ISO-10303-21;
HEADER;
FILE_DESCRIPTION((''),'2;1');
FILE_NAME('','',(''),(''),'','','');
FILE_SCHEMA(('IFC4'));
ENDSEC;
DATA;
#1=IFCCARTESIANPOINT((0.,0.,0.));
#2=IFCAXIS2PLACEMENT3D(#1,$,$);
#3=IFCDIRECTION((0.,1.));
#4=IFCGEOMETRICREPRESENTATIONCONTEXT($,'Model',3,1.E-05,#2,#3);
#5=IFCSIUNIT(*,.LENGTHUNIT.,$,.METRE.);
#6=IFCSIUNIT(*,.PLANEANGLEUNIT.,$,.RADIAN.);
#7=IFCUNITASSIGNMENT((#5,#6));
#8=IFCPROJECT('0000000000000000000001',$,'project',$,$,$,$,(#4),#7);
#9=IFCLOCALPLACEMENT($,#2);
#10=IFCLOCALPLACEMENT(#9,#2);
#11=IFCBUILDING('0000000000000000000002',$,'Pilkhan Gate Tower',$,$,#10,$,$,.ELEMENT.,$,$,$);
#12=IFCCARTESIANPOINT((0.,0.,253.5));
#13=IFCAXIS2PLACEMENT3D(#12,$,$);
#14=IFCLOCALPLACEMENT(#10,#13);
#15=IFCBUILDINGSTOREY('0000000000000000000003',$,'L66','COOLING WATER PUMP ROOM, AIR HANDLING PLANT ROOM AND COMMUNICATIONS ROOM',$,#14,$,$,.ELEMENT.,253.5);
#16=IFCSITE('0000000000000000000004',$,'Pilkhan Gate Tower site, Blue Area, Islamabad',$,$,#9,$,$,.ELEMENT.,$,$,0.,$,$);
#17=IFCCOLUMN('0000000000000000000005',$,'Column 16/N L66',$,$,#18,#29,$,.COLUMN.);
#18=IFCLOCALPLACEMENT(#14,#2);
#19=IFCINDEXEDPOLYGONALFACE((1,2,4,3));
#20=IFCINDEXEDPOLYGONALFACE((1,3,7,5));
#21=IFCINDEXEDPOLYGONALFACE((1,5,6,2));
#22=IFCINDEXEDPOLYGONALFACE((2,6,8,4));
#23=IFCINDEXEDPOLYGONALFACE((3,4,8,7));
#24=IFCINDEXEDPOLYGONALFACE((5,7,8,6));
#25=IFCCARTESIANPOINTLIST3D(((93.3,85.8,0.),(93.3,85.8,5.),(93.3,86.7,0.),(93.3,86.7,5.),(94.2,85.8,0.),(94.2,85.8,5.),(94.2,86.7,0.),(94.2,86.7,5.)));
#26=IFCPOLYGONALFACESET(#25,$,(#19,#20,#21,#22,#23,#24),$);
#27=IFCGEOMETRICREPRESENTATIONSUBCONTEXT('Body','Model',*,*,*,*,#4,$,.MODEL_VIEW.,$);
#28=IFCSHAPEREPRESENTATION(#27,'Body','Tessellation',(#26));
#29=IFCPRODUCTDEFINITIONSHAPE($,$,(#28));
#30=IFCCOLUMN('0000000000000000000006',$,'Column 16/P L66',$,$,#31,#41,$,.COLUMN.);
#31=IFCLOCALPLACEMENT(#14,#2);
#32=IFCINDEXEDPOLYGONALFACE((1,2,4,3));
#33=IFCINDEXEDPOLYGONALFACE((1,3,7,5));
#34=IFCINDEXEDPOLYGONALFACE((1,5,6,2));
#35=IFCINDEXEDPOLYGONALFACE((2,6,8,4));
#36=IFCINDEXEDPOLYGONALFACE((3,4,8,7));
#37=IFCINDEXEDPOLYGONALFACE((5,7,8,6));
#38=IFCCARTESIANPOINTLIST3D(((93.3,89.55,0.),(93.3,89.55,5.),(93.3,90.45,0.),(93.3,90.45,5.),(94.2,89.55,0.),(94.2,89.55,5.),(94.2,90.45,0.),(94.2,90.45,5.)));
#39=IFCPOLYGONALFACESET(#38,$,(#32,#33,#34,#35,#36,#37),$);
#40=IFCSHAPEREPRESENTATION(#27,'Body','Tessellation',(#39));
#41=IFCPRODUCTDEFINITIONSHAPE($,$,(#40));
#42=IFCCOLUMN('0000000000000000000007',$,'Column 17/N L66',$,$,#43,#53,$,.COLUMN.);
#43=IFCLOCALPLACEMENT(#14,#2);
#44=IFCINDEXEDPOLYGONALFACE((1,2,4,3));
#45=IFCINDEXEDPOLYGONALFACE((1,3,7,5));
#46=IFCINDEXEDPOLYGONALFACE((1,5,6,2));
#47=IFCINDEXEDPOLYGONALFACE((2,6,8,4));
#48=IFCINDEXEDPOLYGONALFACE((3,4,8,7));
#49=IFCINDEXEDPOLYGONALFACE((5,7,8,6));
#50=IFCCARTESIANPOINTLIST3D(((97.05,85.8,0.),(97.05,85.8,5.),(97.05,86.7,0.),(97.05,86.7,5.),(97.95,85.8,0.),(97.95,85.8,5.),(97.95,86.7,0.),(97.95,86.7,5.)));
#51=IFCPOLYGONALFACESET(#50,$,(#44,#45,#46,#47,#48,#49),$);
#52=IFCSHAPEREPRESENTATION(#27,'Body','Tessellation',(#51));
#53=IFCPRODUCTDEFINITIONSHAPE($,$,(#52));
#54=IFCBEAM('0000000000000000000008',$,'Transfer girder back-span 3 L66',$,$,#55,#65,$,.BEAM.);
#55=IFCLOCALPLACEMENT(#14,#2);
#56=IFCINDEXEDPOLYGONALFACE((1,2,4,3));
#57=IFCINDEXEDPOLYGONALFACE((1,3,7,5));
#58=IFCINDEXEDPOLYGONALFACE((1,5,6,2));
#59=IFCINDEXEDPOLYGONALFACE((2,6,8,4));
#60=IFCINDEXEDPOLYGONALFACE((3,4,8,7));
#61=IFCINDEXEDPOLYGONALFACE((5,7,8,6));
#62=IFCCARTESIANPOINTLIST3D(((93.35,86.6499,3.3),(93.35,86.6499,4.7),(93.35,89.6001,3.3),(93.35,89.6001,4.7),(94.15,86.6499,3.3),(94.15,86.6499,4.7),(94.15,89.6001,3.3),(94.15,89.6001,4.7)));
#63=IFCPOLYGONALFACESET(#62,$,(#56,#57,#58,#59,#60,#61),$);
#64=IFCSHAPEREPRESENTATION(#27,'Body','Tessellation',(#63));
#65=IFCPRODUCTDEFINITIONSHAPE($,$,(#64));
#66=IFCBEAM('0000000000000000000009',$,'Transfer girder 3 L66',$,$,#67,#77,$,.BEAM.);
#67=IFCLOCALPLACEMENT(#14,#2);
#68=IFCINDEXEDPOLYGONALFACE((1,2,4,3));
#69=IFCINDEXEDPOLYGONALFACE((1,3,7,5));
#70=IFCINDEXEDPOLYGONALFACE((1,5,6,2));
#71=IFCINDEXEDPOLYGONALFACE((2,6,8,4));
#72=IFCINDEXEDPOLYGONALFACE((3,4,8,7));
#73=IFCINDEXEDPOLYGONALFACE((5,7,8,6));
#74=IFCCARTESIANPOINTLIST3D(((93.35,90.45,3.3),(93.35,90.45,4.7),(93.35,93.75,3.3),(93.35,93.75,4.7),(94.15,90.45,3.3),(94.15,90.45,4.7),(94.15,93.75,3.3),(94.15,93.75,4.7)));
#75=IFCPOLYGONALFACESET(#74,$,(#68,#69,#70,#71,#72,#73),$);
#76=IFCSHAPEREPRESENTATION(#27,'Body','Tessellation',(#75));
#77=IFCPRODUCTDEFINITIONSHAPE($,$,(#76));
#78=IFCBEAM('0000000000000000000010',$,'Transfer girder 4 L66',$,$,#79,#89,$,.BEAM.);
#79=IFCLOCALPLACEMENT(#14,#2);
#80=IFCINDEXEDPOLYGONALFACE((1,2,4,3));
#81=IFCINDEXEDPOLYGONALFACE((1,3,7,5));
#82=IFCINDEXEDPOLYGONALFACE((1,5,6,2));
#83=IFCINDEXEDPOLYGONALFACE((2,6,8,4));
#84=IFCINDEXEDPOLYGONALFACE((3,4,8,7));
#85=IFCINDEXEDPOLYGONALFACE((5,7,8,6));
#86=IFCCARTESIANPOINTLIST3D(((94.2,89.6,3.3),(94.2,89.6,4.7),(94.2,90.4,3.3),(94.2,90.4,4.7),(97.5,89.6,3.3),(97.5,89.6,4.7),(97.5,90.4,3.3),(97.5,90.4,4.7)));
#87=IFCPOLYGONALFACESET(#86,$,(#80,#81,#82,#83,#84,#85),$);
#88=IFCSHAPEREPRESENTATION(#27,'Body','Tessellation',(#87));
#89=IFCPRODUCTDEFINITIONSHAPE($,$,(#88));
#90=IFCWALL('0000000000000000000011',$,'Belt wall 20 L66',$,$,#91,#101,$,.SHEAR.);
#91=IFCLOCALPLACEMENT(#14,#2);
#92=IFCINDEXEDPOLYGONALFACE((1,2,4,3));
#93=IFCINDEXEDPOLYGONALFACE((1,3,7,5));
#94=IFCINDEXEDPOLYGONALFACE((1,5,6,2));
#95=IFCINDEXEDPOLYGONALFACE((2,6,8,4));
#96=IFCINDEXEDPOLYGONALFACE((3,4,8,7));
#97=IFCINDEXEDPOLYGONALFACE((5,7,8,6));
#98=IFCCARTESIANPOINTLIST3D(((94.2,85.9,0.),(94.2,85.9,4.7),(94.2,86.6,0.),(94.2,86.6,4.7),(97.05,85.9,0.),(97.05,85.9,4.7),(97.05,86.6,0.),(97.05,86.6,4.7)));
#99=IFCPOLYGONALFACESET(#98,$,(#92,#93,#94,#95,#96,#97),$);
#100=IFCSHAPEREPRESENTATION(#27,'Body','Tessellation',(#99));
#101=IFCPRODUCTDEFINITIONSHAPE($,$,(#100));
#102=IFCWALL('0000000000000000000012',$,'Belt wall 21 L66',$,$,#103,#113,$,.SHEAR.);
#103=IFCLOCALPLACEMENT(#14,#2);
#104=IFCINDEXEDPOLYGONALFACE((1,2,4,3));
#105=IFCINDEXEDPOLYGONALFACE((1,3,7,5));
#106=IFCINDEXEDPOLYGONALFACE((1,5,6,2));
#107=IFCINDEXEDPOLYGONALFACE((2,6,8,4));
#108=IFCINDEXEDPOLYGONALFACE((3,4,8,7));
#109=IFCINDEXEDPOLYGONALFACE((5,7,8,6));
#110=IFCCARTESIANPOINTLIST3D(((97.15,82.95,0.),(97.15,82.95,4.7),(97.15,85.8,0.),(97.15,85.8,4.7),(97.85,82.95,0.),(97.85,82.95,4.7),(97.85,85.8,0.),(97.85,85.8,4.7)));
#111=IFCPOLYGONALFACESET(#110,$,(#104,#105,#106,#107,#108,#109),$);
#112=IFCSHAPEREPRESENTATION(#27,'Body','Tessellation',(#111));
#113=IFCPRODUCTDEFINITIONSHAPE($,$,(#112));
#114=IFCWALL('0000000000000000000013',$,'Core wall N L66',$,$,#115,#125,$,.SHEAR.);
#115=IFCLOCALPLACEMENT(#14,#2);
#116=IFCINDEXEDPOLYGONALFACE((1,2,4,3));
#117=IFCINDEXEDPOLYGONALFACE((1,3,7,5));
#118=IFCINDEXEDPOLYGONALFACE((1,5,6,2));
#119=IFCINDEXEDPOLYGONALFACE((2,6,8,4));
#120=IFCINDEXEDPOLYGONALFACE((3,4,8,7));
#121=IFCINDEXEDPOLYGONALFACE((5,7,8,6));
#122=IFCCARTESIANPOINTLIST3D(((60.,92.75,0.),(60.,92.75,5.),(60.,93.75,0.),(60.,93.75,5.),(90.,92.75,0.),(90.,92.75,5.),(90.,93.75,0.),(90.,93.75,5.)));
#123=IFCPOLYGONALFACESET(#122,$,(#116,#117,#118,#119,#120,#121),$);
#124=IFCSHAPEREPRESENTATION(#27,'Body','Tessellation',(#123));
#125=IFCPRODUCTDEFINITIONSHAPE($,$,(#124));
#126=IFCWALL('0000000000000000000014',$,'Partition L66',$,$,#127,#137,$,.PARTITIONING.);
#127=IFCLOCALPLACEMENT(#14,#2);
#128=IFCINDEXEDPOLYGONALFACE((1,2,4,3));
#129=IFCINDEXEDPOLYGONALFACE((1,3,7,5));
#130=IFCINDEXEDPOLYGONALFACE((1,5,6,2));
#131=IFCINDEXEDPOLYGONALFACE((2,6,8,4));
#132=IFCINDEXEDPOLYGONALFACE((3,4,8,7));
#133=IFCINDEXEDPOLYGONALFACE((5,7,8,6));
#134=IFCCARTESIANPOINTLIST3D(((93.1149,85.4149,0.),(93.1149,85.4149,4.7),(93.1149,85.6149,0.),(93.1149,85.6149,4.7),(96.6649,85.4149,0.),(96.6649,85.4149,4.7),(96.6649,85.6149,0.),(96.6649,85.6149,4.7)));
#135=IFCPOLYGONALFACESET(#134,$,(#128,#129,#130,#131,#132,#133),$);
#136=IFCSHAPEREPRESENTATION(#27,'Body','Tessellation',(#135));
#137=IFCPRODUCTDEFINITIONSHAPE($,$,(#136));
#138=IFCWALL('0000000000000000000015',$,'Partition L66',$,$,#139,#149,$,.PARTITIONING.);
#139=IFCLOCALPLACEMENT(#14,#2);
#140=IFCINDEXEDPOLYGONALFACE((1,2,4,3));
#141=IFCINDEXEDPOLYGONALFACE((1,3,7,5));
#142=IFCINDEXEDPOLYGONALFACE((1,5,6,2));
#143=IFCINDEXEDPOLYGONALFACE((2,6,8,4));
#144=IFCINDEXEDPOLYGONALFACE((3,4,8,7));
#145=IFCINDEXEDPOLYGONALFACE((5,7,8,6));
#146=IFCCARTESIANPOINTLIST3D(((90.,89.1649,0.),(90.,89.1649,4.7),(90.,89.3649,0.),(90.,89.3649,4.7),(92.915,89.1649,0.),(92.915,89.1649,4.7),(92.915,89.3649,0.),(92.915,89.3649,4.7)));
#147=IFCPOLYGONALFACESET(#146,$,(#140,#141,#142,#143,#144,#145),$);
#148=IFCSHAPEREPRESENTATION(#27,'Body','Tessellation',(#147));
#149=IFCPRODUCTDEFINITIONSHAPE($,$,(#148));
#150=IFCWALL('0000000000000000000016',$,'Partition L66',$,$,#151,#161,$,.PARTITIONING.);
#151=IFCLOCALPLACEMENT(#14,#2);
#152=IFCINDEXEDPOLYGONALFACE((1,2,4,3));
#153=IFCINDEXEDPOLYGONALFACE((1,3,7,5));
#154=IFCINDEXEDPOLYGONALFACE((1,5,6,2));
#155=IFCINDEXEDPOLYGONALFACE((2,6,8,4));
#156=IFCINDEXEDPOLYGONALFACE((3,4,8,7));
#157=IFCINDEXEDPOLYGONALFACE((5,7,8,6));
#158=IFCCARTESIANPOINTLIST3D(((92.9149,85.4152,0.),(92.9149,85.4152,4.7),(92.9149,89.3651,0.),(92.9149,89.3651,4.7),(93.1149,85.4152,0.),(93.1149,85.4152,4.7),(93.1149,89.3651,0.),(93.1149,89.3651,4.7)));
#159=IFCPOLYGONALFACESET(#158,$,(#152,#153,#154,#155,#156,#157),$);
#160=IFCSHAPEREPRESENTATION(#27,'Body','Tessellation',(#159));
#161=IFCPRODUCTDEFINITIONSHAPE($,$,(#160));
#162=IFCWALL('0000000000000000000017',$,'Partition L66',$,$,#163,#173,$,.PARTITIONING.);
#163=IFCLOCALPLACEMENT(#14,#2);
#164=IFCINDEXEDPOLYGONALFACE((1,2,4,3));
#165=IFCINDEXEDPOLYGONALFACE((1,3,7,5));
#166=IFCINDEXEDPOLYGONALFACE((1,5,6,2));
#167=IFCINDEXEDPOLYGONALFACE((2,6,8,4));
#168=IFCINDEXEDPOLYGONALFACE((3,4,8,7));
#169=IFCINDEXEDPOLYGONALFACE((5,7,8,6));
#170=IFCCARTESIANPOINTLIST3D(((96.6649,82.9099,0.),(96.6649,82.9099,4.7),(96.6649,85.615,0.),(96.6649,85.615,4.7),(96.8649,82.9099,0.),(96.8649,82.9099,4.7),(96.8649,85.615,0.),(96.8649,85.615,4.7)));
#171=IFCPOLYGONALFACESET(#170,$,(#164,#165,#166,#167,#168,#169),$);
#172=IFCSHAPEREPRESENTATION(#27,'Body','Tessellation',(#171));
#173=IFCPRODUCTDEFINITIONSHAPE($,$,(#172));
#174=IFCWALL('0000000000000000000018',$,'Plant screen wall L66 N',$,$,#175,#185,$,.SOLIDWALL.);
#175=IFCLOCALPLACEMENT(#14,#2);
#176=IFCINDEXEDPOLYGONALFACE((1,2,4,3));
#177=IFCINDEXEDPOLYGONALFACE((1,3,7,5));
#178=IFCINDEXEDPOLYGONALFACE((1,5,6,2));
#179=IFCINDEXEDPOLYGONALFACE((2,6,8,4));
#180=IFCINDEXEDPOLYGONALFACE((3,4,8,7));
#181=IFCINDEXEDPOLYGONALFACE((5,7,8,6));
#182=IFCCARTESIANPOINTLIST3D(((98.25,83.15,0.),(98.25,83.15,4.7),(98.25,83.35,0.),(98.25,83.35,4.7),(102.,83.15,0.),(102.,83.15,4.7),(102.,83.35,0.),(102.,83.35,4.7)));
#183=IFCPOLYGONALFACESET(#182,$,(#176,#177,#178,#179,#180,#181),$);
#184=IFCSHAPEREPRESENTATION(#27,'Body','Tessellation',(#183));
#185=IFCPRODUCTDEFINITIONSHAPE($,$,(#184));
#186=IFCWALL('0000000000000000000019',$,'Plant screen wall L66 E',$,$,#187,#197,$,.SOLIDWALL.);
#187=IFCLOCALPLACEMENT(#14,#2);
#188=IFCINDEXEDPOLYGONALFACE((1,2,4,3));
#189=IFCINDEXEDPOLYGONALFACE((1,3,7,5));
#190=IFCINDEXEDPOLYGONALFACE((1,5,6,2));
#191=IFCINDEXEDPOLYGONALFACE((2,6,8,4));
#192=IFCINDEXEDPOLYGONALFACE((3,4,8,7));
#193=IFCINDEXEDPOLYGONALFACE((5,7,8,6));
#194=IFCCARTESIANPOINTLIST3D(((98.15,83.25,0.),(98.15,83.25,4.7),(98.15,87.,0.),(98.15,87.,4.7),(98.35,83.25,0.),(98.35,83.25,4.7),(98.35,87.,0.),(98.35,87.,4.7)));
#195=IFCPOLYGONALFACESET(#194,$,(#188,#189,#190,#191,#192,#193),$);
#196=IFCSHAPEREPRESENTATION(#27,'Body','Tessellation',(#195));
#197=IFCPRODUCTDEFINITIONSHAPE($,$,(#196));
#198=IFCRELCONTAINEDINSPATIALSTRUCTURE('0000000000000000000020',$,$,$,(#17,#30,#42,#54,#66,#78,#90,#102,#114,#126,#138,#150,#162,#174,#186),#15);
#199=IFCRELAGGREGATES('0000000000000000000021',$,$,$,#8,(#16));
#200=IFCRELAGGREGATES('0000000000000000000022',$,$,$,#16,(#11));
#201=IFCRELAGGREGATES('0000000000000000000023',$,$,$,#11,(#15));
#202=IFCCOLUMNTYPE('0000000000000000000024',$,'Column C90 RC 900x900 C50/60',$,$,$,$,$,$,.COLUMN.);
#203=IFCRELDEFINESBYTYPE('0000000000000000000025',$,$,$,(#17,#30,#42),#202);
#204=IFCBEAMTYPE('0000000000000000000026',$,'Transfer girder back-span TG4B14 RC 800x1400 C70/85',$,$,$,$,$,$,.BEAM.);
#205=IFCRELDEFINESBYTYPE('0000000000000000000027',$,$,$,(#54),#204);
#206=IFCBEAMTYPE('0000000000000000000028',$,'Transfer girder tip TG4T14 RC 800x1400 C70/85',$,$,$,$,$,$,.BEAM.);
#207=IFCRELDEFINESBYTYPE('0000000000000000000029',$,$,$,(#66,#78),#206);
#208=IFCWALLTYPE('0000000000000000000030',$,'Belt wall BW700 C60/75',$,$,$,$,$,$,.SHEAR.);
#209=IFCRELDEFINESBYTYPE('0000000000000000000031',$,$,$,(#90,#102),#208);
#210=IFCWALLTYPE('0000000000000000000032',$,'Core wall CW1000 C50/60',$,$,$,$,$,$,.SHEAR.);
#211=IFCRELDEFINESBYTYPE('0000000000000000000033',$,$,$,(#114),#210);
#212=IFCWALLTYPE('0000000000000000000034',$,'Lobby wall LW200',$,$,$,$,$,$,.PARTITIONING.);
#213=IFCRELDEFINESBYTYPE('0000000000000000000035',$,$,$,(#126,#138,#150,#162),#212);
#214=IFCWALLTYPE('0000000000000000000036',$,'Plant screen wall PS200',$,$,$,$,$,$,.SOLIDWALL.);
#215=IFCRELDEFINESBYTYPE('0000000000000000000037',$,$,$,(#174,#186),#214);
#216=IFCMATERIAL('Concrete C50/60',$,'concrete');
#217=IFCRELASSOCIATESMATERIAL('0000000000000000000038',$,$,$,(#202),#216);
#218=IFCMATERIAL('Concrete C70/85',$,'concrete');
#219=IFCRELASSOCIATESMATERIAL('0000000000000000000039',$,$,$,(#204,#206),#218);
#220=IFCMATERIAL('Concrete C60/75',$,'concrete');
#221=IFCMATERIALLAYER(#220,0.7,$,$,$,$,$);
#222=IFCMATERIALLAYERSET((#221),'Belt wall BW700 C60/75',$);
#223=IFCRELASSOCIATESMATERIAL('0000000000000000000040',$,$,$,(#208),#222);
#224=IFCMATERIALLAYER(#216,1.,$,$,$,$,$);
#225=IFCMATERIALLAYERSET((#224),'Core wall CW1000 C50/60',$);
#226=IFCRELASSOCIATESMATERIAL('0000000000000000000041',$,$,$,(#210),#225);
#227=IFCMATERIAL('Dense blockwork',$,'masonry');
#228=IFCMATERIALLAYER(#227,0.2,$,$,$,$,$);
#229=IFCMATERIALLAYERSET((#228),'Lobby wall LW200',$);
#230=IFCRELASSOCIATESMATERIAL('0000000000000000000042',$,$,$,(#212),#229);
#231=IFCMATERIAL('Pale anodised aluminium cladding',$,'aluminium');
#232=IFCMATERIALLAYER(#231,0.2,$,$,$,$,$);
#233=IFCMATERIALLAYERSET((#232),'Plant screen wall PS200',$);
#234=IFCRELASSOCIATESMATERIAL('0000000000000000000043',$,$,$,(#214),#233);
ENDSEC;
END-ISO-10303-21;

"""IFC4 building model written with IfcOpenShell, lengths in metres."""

from ifc_helpers import new_model, si_unit, direction, frame, frame_2d, origin, origin_2d, place, context, subcontext, project, spatial, rectangle, extrude, material, layer, layer_set, material_profile, profile_set, type_object, element, save


model = new_model("IFC4")

# Units and contexts
model_context = context("Model", 3, precision=1e-05, world=origin(), true_north=direction((0.0, 1.0)))
body_context = subcontext(model_context, "Body", "Model", "MODEL_VIEW")
ifc_project = project(units=[si_unit("LENGTHUNIT", "METRE"), si_unit("PLANEANGLEUNIT", "RADIAN")], contexts=[model_context])

# Site, building, storey
site_placement = place(None, origin())
site = spatial("IfcSite", under=ifc_project, at=site_placement, Name="Pilkhan Gate Tower site, Blue Area, Islamabad", CompositionType="ELEMENT", RefElevation=0.0)
building_placement = place(site_placement, origin())
building = spatial("IfcBuilding", under=site, at=building_placement, Name="Pilkhan Gate Tower", CompositionType="ELEMENT")
storey_placement = place(building_placement, frame((0.0, 0.0, 253.5)))
storey = spatial("IfcBuildingStorey", under=building, at=storey_placement, Name="L66", Description="COOLING WATER PUMP ROOM, AIR HANDLING PLANT ROOM AND COMMUNICATIONS ROOM", CompositionType="ELEMENT", Elevation=253.5)

# Columns
ifc_material_1 = material(Name="Concrete C50/60", Category="concrete")
ifc_material_profile_1 = material_profile(ifc_material_1, rectangle(XDim=0.8999, YDim=0.8999, at=origin_2d()), Name="RC 900x900")
ifc_profile_set_1 = profile_set([ifc_material_profile_1], Name="Concrete C50/60")
column_type = type_object("IfcColumnType", Name="Column C90 RC 900x900 C50/60", PredefinedType="COLUMN", material=ifc_profile_set_1)
for number, where, z_axis, x_axis, name in (
    (1, (93.75, 86.25, 0.0), (0.0, 0.0, 1.0), (1.0, 0.0, 0.0), "Column 16/N L66"),
    (2, (93.75, 90.0, 0.0), (0.0, 0.0, 1.0), (1.0, 0.0, 0.0), "Column 16/P L66"),
    (3, (97.5, 86.25, 0.0), (0.0, 0.0, 1.0), (1.0, 0.0, 0.0), "Column 17/N L66"),
):
    element("IfcColumn", number, at=place(storey_placement, frame(where, z_axis=z_axis, x_axis=x_axis)), inside=storey, type_object=column_type, Name=name, PredefinedType="COLUMN", context=body_context, shape_type="SweptSolid", body=[
        extrude(rectangle(XDim=0.8999, YDim=0.8999, at=origin_2d()), origin(), (0.0, 0.0, 1.0), 5.0),
    ])

# Beams
ifc_material_2 = material(Name="Concrete C70/85", Category="concrete")
ifc_material_profile_2 = material_profile(ifc_material_2, rectangle(XDim=0.8, YDim=1.3999, at=origin_2d()), Name="RC 800x1400")
ifc_profile_set_2 = profile_set([ifc_material_profile_2], Name="Concrete C70/85")
beam_type_1 = type_object("IfcBeamType", Name="Transfer girder back-span TG4B14 RC 800x1400 C70/85", PredefinedType="BEAM", material=ifc_profile_set_2)
beam_placement = place(storey_placement, frame((93.75, 89.6001, 4.0), z_axis=(0.0, -1.0, 0.0), x_axis=(1.0, 0.0, 0.0)))
element("IfcBeam", 4, at=beam_placement, inside=storey, type_object=beam_type_1, Name="Transfer girder back-span 3 L66", PredefinedType="BEAM", context=body_context, shape_type="SweptSolid", body=[
    extrude(rectangle(XDim=0.8, YDim=1.3999, at=origin_2d()), origin(), (0.0, 0.0, 1.0), 2.9502),
])
ifc_material_profile_3 = material_profile(ifc_material_2, rectangle(XDim=0.8, YDim=1.3999, at=origin_2d()), Name="RC 800x1400")
ifc_profile_set_3 = profile_set([ifc_material_profile_3], Name="Concrete C70/85")
beam_type_2 = type_object("IfcBeamType", Name="Transfer girder tip TG4T14 RC 800x1400 C70/85", PredefinedType="BEAM", material=ifc_profile_set_3)
for number, where, z_axis, x_axis, name in (
    (5, (93.75, 93.75, 4.0), (0.0, -1.0, 0.0), (1.0, 0.0, 0.0), "Transfer girder 3 L66"),
    (6, (97.5, 90.0, 4.0), (-1.0, 0.0, 0.0), (0.0, -1.0, 0.0), "Transfer girder 4 L66"),
):
    element("IfcBeam", number, at=place(storey_placement, frame(where, z_axis=z_axis, x_axis=x_axis)), inside=storey, type_object=beam_type_2, Name=name, PredefinedType="BEAM", context=body_context, shape_type="SweptSolid", body=[
        extrude(rectangle(XDim=0.8, YDim=1.3999, at=origin_2d()), origin(), (0.0, 0.0, 1.0), 3.3),
    ])

# Walls
ifc_material_3 = material(Name="Concrete C60/75", Category="concrete")
ifc_layer_1 = layer(ifc_material_3, 0.7)
ifc_layer_set_1 = layer_set([ifc_layer_1], Name="Belt wall BW700 C60/75")
wall_type_1 = type_object("IfcWallType", Name="Belt wall BW700 C60/75", PredefinedType="SHEAR", material=ifc_layer_set_1)
for number, where, z_axis, x_axis, name in (
    (7, (94.2, 86.25, 0.0), (0.0, 0.0, 1.0), (1.0, 0.0, 0.0), "Belt wall 20 L66"),
    (8, (97.5, 85.8, 0.0), (0.0, 0.0, 1.0), (0.0, -1.0, 0.0), "Belt wall 21 L66"),
):
    element("IfcWall", number, at=place(storey_placement, frame(where, z_axis=z_axis, x_axis=x_axis)), inside=storey, type_object=wall_type_1, Name=name, PredefinedType="SHEAR", context=body_context, shape_type="SweptSolid", body=[
        extrude(rectangle(XDim=2.8501, YDim=0.7, at=frame_2d((1.425, 0.0))), origin(), (0.0, 0.0, 1.0), 4.7),
    ])
ifc_layer_2 = layer(ifc_material_1, 1.0)
ifc_layer_set_2 = layer_set([ifc_layer_2], Name="Core wall CW1000 C50/60")
wall_type_2 = type_object("IfcWallType", Name="Core wall CW1000 C50/60", PredefinedType="SHEAR", material=ifc_layer_set_2)
wall_1_placement = place(storey_placement, frame((90.0, 93.25, 0.0), z_axis=(0.0, 0.0, 1.0), x_axis=(-1.0, 0.0, 0.0)))
element("IfcWall", 9, at=wall_1_placement, inside=storey, type_object=wall_type_2, Name="Core wall N L66", PredefinedType="SHEAR", context=body_context, shape_type="SweptSolid", body=[
    extrude(rectangle(XDim=30.0, YDim=1.0, at=frame_2d((15.0, 0.0))), origin(), (0.0, 0.0, 1.0), 5.0),
])
ifc_material_4 = material(Name="Dense blockwork", Category="masonry")
ifc_layer_3 = layer(ifc_material_4, 0.2)
ifc_layer_set_3 = layer_set([ifc_layer_3], Name="Lobby wall LW200")
wall_type_3 = type_object("IfcWallType", Name="Lobby wall LW200", PredefinedType="PARTITIONING", material=ifc_layer_set_3)
wall_2_placement = place(storey_placement, frame((93.115, 85.5149, 0.0), z_axis=(0.0, 0.0, 1.0), x_axis=(1.0, 0.0, 0.0)))
element("IfcWall", 10, at=wall_2_placement, inside=storey, type_object=wall_type_3, Name="Partition L66", PredefinedType="PARTITIONING", context=body_context, shape_type="SweptSolid", body=[
    extrude(rectangle(XDim=3.55, YDim=0.2, at=frame_2d((1.7749, 0.0))), origin(), (0.0, 0.0, 1.0), 4.7),
])
wall_3_placement = place(storey_placement, frame((90.0, 89.2649, 0.0), z_axis=(0.0, 0.0, 1.0), x_axis=(1.0, 0.0, 0.0)))
element("IfcWall", 11, at=wall_3_placement, inside=storey, type_object=wall_type_3, Name="Partition L66", PredefinedType="PARTITIONING", context=body_context, shape_type="SweptSolid", body=[
    extrude(rectangle(XDim=2.915, YDim=0.2, at=frame_2d((1.4575, 0.0))), origin(), (0.0, 0.0, 1.0), 4.7),
])
wall_4_placement = place(storey_placement, frame((93.0149, 85.415, 0.0), z_axis=(0.0, 0.0, 1.0), x_axis=(0.0, 1.0, 0.0)))
element("IfcWall", 12, at=wall_4_placement, inside=storey, type_object=wall_type_3, Name="Partition L66", PredefinedType="PARTITIONING", context=body_context, shape_type="SweptSolid", body=[
    extrude(rectangle(XDim=3.95, YDim=0.2, at=frame_2d((1.9751, 0.0))), origin(), (0.0, 0.0, 1.0), 4.7),
])
wall_5_placement = place(storey_placement, frame((96.7649, 82.9099, 0.0), z_axis=(0.0, 0.0, 1.0), x_axis=(0.0, 1.0, 0.0)))
element("IfcWall", 13, at=wall_5_placement, inside=storey, type_object=wall_type_3, Name="Partition L66", PredefinedType="PARTITIONING", context=body_context, shape_type="SweptSolid", body=[
    extrude(rectangle(XDim=2.7051, YDim=0.2, at=frame_2d((1.3525, 0.0))), origin(), (0.0, 0.0, 1.0), 4.7),
])
ifc_material_5 = material(Name="Pale anodised aluminium cladding", Category="aluminium")
ifc_layer_4 = layer(ifc_material_5, 0.2)
ifc_layer_set_4 = layer_set([ifc_layer_4], Name="Plant screen wall PS200")
wall_type_4 = type_object("IfcWallType", Name="Plant screen wall PS200", PredefinedType="SOLIDWALL", material=ifc_layer_set_4)
for number, where, z_axis, x_axis, name in (
    (14, (98.25, 83.25, 0.0), (0.0, 0.0, 1.0), (1.0, 0.0, 0.0), "Plant screen wall L66 N"),
    (15, (98.25, 83.25, 0.0), (0.0, 0.0, 1.0), (0.0, 1.0, 0.0), "Plant screen wall L66 E"),
):
    element("IfcWall", number, at=place(storey_placement, frame(where, z_axis=z_axis, x_axis=x_axis)), inside=storey, type_object=wall_type_4, Name=name, PredefinedType="SOLIDWALL", context=body_context, shape_type="SweptSolid", body=[
        extrude(rectangle(XDim=3.75, YDim=0.2, at=frame_2d((1.875, 0.0))), origin(), (0.0, 0.0, 1.0), 4.7),
    ])

save(model, "model.ifc")
